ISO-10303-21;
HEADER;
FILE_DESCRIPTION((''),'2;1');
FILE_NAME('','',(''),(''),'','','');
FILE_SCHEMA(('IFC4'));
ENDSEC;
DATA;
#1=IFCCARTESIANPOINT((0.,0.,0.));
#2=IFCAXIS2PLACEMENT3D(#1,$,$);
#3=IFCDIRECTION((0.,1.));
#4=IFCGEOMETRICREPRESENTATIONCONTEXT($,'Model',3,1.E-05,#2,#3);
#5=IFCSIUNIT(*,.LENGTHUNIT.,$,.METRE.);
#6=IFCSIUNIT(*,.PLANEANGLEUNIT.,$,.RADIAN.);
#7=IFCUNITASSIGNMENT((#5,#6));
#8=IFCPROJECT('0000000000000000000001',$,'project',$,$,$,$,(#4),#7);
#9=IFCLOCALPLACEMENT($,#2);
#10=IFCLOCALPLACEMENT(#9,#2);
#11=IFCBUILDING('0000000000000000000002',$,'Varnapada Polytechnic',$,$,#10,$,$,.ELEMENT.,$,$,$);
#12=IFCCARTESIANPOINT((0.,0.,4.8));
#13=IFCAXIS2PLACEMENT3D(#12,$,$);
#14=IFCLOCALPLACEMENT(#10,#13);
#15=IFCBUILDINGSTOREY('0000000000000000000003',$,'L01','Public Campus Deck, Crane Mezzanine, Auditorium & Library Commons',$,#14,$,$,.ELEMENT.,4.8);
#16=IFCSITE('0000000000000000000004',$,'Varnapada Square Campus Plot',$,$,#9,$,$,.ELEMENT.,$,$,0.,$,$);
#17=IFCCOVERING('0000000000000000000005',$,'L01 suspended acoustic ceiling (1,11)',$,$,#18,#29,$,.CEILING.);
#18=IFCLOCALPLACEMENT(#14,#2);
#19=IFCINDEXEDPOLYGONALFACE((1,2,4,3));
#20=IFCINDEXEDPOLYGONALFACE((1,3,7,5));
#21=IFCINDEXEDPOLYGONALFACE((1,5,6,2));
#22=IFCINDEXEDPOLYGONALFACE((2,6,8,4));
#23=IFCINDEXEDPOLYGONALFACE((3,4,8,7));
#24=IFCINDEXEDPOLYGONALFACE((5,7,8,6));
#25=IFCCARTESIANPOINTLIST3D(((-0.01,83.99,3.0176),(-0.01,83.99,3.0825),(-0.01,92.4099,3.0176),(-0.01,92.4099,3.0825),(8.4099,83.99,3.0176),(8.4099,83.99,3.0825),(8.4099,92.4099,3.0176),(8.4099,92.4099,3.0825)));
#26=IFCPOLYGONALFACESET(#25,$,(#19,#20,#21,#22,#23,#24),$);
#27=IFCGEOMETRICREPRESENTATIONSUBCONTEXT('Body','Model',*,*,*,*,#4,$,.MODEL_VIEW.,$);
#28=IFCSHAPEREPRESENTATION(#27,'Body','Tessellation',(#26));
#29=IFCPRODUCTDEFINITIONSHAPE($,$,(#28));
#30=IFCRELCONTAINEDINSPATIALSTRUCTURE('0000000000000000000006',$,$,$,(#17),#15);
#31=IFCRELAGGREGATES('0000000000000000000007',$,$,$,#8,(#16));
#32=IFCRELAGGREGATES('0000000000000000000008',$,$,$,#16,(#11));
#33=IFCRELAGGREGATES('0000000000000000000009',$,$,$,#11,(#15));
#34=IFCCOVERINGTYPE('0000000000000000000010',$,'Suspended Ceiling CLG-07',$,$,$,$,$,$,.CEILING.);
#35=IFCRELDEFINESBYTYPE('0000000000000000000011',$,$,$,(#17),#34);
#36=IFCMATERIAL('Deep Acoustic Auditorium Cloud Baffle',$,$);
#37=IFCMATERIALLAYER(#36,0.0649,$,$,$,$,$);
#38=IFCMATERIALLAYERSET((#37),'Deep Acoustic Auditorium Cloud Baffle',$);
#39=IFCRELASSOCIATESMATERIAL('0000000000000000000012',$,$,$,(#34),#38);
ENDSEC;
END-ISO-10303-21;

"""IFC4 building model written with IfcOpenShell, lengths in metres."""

from ifc_helpers import new_model, si_unit, direction, frame, origin, origin_2d, place, context, subcontext, project, spatial, rectangle, extrude, material, layer, layer_set, type_object, element, save


model = new_model("IFC4")

# Units and contexts
model_context = context("Model", 3, precision=1e-05, world=origin(), true_north=direction((0.0, 1.0)))
body_context = subcontext(model_context, "Body", "Model", "MODEL_VIEW")
ifc_project = project(units=[si_unit("LENGTHUNIT", "METRE"), si_unit("PLANEANGLEUNIT", "RADIAN")], contexts=[model_context])

# Site, building, storey
site_placement = place(None, origin())
site = spatial("IfcSite", under=ifc_project, at=site_placement, Name="Varnapada Square Campus Plot", CompositionType="ELEMENT", RefElevation=0.0)
building_placement = place(site_placement, origin())
building = spatial("IfcBuilding", under=site, at=building_placement, Name="Varnapada Polytechnic", CompositionType="ELEMENT")
storey_placement = place(building_placement, frame((0.0, 0.0, 4.8)))
storey = spatial("IfcBuildingStorey", under=building, at=storey_placement, Name="L01", Description="Public Campus Deck, Crane Mezzanine, Auditorium & Library Commons", CompositionType="ELEMENT", Elevation=4.8)

# Covering
ifc_material_1 = material(Name="Deep Acoustic Auditorium Cloud Baffle")
ifc_layer_1 = layer(ifc_material_1, 0.0649)
ifc_layer_set_1 = layer_set([ifc_layer_1], Name="Deep Acoustic Auditorium Cloud Baffle")
covering_type_1 = type_object("IfcCoveringType", Name="Suspended Ceiling CLG-07", PredefinedType="CEILING", material=ifc_layer_set_1)
covering_1_placement = place(storey_placement, frame((4.2, 88.2, 3.0176), z_axis=(0.0, 0.0, 1.0), x_axis=(1.0, 0.0, 0.0)))
element("IfcCovering", 1, at=covering_1_placement, inside=storey, type_object=covering_type_1, Name="L01 suspended acoustic ceiling (1,11)", PredefinedType="CEILING", context=body_context, shape_type="SweptSolid", body=[
    extrude(rectangle(XDim=8.4199, YDim=8.4199, at=origin_2d()), origin(), (0.0, 0.0, 1.0), 0.0649),
])

save(model, "model.ifc")
